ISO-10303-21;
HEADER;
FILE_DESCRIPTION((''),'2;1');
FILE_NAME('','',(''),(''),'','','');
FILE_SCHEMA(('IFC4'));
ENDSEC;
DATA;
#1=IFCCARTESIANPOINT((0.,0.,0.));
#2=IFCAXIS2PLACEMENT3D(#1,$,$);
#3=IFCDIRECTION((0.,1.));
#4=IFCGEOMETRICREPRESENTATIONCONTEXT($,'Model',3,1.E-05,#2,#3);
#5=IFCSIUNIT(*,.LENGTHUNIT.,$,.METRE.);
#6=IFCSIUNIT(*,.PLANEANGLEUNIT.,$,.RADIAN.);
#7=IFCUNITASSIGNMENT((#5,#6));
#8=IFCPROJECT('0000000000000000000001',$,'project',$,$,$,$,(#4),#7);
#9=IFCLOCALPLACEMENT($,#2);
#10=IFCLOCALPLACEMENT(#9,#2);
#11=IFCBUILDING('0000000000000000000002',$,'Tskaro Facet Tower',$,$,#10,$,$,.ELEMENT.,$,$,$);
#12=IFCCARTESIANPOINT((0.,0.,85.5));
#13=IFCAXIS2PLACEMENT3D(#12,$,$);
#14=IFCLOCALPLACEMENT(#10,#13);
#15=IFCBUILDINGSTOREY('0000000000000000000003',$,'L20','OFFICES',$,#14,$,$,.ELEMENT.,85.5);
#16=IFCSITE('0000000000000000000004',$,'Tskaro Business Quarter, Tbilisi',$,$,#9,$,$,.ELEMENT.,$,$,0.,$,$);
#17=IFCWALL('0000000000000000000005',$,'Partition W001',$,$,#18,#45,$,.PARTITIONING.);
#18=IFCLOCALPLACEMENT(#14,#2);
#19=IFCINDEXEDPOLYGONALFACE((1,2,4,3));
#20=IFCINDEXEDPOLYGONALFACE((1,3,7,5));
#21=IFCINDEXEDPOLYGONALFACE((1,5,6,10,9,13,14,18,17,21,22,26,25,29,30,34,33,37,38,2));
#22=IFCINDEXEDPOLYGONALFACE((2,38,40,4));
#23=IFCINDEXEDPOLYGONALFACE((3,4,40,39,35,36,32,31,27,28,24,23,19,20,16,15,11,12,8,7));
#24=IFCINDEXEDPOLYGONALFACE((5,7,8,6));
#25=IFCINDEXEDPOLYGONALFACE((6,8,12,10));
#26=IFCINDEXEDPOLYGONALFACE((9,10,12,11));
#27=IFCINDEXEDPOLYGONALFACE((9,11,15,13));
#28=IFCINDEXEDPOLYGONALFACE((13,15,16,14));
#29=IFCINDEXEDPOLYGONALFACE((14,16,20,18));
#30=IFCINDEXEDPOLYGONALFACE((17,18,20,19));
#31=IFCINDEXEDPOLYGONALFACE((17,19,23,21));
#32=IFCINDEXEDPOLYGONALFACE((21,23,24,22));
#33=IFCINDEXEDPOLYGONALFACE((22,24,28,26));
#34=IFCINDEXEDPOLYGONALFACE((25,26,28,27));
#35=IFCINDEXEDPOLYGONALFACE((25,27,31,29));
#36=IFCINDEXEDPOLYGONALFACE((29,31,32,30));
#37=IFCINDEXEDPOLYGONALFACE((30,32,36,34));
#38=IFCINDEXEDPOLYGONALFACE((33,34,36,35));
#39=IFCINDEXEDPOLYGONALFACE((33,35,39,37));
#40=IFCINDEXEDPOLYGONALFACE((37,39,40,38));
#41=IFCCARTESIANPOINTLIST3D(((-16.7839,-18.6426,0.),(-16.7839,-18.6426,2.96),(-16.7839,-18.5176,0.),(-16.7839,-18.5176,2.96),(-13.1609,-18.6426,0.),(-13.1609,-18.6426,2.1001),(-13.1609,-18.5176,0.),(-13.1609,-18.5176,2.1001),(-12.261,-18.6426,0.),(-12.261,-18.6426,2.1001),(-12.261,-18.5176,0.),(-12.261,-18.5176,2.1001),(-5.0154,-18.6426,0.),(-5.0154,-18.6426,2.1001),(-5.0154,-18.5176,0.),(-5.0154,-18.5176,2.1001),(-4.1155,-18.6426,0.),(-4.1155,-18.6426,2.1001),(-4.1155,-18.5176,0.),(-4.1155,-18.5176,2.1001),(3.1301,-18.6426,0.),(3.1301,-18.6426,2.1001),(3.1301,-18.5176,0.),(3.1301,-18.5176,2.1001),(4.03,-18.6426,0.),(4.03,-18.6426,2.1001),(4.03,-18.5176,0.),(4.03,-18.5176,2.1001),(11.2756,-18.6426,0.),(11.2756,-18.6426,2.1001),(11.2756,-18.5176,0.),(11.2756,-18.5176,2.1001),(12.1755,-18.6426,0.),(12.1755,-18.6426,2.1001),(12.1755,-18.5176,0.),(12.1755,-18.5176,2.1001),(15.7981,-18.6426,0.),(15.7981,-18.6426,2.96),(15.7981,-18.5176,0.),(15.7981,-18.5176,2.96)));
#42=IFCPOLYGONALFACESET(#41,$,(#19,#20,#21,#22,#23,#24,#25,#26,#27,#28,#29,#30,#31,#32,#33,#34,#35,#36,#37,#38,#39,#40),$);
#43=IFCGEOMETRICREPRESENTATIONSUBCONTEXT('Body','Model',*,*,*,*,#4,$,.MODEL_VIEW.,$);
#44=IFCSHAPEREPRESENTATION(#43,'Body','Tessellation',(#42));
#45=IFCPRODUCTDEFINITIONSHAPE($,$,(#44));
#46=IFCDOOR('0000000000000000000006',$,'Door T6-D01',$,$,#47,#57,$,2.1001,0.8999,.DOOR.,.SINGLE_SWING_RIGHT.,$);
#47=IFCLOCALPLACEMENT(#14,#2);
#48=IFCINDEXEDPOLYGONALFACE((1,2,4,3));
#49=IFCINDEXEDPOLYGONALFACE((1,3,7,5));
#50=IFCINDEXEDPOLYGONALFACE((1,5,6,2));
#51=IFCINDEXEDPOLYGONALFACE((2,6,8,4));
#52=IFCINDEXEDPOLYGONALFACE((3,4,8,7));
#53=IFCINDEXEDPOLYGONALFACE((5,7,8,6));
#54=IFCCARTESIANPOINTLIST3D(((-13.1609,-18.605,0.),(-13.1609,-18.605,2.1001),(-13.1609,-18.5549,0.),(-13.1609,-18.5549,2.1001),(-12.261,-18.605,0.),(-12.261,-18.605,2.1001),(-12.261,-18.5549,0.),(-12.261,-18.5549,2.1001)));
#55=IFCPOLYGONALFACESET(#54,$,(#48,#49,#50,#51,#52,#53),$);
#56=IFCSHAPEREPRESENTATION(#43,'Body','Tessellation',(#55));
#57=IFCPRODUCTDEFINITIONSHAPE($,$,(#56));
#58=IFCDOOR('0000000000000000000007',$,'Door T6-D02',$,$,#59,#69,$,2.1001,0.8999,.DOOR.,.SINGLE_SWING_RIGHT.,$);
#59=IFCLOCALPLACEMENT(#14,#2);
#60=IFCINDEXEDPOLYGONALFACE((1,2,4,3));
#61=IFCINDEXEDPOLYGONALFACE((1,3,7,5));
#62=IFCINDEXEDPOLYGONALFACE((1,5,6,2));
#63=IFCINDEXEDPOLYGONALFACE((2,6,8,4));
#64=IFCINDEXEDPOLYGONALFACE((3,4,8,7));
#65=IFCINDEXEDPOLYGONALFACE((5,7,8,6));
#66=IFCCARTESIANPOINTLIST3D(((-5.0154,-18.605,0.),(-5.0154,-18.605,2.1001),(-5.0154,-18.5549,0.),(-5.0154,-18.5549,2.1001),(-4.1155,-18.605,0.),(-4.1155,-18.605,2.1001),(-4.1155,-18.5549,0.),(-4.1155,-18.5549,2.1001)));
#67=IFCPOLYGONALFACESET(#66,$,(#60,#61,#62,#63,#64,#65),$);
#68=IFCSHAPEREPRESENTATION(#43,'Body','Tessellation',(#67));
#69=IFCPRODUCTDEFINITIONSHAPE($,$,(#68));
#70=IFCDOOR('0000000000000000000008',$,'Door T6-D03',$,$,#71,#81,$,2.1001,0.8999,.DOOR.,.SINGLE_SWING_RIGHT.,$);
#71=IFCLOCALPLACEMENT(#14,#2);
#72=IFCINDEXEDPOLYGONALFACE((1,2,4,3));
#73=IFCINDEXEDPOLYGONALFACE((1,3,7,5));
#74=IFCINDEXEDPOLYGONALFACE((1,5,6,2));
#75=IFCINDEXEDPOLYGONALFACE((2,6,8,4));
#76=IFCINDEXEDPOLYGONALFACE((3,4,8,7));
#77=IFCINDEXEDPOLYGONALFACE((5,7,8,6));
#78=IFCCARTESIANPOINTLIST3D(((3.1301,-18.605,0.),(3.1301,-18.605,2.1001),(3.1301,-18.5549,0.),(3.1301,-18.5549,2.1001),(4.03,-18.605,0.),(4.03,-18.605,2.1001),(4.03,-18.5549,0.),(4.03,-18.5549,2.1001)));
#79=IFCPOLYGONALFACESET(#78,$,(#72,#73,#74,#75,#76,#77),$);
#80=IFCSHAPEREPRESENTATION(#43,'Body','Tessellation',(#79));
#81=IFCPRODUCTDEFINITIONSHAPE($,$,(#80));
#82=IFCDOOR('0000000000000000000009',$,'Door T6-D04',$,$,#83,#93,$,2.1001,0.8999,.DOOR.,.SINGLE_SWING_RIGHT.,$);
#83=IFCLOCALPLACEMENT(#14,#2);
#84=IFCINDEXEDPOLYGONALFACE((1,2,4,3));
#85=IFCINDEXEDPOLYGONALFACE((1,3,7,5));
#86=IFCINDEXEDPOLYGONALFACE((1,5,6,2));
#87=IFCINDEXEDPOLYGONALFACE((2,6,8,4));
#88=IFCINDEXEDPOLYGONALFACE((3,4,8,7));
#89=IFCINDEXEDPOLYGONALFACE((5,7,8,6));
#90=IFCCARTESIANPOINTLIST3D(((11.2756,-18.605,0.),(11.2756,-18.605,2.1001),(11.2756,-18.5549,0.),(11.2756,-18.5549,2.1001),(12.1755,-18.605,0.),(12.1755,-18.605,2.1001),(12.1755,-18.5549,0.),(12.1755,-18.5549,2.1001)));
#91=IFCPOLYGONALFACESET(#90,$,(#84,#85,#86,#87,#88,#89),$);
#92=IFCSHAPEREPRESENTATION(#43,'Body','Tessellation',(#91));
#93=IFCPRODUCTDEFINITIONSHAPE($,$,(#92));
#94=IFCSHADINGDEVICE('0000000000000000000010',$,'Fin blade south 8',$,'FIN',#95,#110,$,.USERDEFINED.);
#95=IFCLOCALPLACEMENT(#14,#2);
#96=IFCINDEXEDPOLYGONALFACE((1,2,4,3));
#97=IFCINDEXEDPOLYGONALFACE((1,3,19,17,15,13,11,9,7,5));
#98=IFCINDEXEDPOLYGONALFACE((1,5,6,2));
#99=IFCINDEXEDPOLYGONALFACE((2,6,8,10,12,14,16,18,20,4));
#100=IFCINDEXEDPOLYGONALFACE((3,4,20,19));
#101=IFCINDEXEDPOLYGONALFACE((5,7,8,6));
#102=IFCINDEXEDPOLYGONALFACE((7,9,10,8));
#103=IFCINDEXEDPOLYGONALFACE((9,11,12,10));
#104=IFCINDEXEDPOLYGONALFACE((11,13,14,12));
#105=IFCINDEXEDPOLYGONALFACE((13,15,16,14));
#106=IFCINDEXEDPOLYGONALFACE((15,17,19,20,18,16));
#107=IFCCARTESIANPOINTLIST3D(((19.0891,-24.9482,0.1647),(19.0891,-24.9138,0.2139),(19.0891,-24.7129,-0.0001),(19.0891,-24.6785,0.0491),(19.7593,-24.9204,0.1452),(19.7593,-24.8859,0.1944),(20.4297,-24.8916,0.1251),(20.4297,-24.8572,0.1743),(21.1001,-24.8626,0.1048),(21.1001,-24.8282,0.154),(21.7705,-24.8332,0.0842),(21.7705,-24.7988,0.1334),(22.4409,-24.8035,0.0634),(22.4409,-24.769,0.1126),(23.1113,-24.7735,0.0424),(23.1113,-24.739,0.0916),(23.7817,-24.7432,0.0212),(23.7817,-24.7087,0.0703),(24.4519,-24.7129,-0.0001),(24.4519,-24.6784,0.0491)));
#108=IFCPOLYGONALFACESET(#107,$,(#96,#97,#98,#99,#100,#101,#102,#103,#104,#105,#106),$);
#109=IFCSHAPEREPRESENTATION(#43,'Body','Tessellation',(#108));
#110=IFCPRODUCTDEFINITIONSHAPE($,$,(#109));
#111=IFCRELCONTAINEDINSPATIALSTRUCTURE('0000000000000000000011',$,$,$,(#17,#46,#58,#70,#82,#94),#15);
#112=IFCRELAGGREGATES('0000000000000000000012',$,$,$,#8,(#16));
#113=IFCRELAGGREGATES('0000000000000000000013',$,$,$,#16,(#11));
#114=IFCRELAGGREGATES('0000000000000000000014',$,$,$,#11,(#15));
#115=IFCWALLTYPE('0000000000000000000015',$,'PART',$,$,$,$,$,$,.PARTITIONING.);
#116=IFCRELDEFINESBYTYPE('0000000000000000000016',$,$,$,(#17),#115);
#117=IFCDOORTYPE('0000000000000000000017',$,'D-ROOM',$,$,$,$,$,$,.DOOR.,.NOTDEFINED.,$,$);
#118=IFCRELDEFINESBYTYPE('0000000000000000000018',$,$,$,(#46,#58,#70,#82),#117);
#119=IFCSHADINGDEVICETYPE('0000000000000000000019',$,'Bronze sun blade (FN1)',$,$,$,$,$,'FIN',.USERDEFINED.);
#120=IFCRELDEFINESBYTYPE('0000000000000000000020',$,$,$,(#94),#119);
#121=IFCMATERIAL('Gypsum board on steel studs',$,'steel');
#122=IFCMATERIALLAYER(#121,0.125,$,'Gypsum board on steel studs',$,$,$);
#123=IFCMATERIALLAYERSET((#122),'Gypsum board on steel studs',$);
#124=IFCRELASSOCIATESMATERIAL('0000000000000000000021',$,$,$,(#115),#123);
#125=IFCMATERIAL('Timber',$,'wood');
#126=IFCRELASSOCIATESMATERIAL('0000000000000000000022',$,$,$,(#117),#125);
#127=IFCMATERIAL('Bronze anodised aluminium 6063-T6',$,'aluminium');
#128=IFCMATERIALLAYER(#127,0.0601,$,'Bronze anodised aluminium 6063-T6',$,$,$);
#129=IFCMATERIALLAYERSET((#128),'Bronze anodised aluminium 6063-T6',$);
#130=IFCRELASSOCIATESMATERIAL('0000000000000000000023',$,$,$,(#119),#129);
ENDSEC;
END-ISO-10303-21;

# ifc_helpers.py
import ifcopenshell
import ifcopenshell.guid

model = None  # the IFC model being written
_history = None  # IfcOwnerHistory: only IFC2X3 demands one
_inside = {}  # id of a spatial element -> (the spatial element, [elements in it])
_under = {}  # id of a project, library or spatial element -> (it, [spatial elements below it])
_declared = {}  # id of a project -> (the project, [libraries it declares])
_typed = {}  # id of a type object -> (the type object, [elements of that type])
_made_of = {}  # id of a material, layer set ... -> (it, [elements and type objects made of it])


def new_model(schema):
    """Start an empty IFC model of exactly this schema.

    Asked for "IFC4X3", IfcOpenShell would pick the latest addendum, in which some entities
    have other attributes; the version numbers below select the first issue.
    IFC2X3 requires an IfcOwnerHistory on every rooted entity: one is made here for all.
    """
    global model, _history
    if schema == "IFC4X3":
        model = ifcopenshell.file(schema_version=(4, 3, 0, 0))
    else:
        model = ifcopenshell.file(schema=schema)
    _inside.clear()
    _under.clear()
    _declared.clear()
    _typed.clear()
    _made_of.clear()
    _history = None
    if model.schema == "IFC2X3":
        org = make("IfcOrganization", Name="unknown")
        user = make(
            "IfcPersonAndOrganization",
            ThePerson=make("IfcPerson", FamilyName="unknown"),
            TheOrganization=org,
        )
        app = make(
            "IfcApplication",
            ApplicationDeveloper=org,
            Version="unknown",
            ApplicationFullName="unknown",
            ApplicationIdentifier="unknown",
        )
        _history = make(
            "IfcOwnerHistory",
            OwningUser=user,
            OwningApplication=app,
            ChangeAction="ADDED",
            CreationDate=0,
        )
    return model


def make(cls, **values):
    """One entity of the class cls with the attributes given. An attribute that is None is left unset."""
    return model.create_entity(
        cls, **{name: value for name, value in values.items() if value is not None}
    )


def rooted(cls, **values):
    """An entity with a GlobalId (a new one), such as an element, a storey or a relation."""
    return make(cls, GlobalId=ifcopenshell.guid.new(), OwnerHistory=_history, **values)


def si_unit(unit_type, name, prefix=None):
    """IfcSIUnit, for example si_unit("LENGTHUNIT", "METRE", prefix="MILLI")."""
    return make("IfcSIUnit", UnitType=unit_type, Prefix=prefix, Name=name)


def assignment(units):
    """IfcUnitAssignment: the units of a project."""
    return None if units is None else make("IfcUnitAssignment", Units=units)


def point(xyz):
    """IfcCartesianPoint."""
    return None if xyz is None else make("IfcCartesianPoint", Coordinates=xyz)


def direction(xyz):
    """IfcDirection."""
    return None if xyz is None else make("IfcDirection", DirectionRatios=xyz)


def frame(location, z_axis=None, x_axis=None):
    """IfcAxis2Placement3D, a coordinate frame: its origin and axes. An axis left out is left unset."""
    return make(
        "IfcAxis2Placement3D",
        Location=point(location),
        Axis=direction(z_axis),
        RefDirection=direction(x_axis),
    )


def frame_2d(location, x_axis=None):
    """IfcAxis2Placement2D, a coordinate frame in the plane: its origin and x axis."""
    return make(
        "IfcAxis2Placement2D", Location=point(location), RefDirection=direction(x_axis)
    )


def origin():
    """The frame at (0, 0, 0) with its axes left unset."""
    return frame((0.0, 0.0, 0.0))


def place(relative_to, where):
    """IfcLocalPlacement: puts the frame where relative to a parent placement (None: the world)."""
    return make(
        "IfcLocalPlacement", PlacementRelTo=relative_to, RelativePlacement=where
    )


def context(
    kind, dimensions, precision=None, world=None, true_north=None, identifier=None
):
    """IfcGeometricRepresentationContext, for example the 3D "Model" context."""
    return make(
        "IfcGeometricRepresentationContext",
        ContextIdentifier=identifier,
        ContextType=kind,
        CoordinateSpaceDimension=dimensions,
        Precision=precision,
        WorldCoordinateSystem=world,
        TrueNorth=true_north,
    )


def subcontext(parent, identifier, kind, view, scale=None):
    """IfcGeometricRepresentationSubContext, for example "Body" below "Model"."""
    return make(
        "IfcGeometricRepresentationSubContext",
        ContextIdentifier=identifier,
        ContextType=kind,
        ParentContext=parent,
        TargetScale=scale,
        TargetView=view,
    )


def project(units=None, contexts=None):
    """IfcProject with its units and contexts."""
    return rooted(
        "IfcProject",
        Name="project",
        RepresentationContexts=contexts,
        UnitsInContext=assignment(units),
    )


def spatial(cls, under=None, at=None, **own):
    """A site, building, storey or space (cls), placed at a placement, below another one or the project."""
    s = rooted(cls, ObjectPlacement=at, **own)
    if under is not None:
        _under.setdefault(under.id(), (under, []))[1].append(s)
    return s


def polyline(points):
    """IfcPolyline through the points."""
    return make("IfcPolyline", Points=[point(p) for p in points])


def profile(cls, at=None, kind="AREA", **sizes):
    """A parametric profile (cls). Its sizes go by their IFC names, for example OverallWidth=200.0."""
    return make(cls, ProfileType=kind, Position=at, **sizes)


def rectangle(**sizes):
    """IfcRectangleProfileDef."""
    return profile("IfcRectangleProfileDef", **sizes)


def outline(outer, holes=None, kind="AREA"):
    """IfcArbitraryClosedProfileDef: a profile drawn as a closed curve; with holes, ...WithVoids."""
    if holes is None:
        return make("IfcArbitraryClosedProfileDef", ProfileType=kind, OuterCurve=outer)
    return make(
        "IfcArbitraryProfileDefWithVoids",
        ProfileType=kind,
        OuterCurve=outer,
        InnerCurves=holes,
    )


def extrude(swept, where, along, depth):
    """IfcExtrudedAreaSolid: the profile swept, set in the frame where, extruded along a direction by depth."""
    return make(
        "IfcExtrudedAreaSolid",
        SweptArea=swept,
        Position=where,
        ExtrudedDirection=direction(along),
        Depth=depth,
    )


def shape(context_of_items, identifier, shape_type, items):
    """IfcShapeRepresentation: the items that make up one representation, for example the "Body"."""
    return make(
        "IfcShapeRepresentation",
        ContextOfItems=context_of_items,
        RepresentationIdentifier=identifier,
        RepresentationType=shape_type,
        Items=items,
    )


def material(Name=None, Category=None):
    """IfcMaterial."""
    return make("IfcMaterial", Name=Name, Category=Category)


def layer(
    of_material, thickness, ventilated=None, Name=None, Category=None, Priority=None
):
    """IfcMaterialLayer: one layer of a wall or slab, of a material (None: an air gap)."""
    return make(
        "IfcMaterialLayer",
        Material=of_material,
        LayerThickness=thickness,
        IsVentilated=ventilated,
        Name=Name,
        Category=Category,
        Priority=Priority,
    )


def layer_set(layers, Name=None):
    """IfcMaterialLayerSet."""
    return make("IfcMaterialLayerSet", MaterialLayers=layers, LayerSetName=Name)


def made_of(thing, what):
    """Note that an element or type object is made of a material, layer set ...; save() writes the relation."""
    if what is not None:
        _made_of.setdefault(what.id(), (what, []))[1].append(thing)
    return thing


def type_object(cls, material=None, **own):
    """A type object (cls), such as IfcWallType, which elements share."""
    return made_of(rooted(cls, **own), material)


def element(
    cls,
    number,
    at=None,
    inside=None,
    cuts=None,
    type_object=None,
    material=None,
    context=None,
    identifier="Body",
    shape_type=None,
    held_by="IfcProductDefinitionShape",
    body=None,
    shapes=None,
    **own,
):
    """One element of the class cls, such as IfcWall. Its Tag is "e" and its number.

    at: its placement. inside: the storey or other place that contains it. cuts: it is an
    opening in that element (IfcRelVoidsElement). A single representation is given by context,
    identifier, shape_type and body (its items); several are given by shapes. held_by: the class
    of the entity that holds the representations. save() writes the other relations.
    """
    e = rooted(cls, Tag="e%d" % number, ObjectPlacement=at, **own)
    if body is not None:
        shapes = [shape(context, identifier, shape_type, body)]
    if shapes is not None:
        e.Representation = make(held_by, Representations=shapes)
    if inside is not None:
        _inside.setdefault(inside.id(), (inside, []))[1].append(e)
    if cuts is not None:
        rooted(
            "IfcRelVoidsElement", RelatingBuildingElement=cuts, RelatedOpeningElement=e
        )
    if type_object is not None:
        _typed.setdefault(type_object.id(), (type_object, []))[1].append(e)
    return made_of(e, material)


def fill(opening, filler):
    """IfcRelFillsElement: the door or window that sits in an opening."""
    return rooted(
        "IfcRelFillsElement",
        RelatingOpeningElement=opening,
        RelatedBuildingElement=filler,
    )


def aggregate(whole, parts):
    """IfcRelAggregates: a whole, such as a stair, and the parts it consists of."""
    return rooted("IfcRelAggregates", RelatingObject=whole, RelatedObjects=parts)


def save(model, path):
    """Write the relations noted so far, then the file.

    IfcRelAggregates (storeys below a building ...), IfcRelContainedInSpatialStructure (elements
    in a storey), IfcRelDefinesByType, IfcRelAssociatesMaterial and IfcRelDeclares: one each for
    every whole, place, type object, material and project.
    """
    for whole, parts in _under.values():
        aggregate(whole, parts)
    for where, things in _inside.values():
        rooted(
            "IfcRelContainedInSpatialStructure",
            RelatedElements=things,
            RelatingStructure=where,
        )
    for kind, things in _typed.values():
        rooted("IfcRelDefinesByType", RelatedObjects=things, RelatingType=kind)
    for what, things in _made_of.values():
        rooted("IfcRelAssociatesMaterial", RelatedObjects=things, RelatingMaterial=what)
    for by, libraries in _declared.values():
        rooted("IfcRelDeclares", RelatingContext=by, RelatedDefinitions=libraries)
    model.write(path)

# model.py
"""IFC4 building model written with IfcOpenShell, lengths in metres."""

from ifc_helpers import new_model, si_unit, direction, frame, frame_2d, origin, place, context, subcontext, project, spatial, polyline, rectangle, outline, extrude, material, layer, layer_set, type_object, element, fill, save


model = new_model("IFC4")

# Units and contexts
model_context = context("Model", 3, precision=1e-05, world=origin(), true_north=direction((0.0, 1.0)))
body_context = subcontext(model_context, "Body", "Model", "MODEL_VIEW")
ifc_project = project(units=[si_unit("LENGTHUNIT", "METRE"), si_unit("PLANEANGLEUNIT", "RADIAN")], contexts=[model_context])

# Site, building, storey
site_placement = place(None, origin())
site = spatial("IfcSite", under=ifc_project, at=site_placement, Name="Tskaro Business Quarter, Tbilisi", CompositionType="ELEMENT", RefElevation=0.0)
building_placement = place(site_placement, origin())
building = spatial("IfcBuilding", under=site, at=building_placement, Name="Tskaro Facet Tower", CompositionType="ELEMENT")
storey_placement = place(building_placement, frame((0.0, 0.0, 85.5)))
storey = spatial("IfcBuildingStorey", under=building, at=storey_placement, Name="L20", Description="OFFICES", CompositionType="ELEMENT", Elevation=85.5)

# Shared definitions
ifc_material_1 = material(Name="Bronze anodised aluminium 6063-T6", Category="aluminium")

# Wall, openings, doors
ifc_material_2 = material(Name="Gypsum board on steel studs", Category="steel")
ifc_layer_1 = layer(ifc_material_2, 0.125, Name="Gypsum board on steel studs")
ifc_layer_set_1 = layer_set([ifc_layer_1], Name="Gypsum board on steel studs")
wall_type = type_object("IfcWallType", Name="PART", PredefinedType="PARTITIONING", material=ifc_layer_set_1)
wall_placement = place(storey_placement, frame((15.7981, -18.5801, 0.0), z_axis=(0.0, 0.0, 1.0), x_axis=(-1.0, 0.0, 0.0)))
wall = element("IfcWall", 1, at=wall_placement, inside=storey, type_object=wall_type, Name="Partition W001", PredefinedType="PARTITIONING", context=body_context, shape_type="SweptSolid", body=[
    extrude(rectangle(XDim=32.582, YDim=0.125, at=frame_2d((16.291, 0.0))), origin(), (0.0, 0.0, 1.0), 2.96),
])
opening_1_placement = place(wall_placement, frame((28.0591, 0.0, 0.0)))
opening_1 = element("IfcOpeningElement", 2, at=opening_1_placement, cuts=wall, PredefinedType="OPENING", context=body_context, shape_type="SweptSolid", body=[
    extrude(rectangle(XDim=0.8999, YDim=2.1001, at=frame_2d((0.45, 1.05))), frame((0.0, 0.0725, 0.0), z_axis=(0.0, -1.0, 0.0), x_axis=(1.0, 0.0, 0.0)), (0.0, 0.0, 1.0), 0.145),
])
opening_2_placement = place(wall_placement, frame((19.9136, 0.0, 0.0)))
opening_2 = element("IfcOpeningElement", 3, at=opening_2_placement, cuts=wall, PredefinedType="OPENING", context=body_context, shape_type="SweptSolid", body=[
    extrude(rectangle(XDim=0.8999, YDim=2.1001, at=frame_2d((0.45, 1.05))), frame((0.0, 0.0725, 0.0), z_axis=(0.0, -1.0, 0.0), x_axis=(1.0, 0.0, 0.0)), (0.0, 0.0, 1.0), 0.145),
])
opening_3_placement = place(wall_placement, frame((11.7681, 0.0, 0.0)))
opening_3 = element("IfcOpeningElement", 4, at=opening_3_placement, cuts=wall, PredefinedType="OPENING", context=body_context, shape_type="SweptSolid", body=[
    extrude(rectangle(XDim=0.8999, YDim=2.1001, at=frame_2d((0.45, 1.05))), frame((0.0, 0.0725, 0.0), z_axis=(0.0, -1.0, 0.0), x_axis=(1.0, 0.0, 0.0)), (0.0, 0.0, 1.0), 0.145),
])
opening_4_placement = place(wall_placement, frame((3.6226, 0.0, 0.0)))
opening_4 = element("IfcOpeningElement", 5, at=opening_4_placement, cuts=wall, PredefinedType="OPENING", context=body_context, shape_type="SweptSolid", body=[
    extrude(rectangle(XDim=0.8999, YDim=2.1001, at=frame_2d((0.45, 1.05))), frame((0.0, 0.0725, 0.0), z_axis=(0.0, -1.0, 0.0), x_axis=(1.0, 0.0, 0.0)), (0.0, 0.0, 1.0), 0.145),
])
ifc_material_3 = material(Name="Timber", Category="wood")
door_type = type_object("IfcDoorType", Name="D-ROOM", OperationType="NOTDEFINED", PredefinedType="DOOR", material=ifc_material_3)
door_1_placement = place(opening_1_placement, origin())
door_1 = element("IfcDoor", 6, at=door_1_placement, inside=storey, type_object=door_type, Name="Door T6-D01", OperationType="SINGLE_SWING_RIGHT", OverallHeight=2.1001, OverallWidth=0.8999, PredefinedType="DOOR", context=body_context, shape_type="SweptSolid", body=[
    extrude(rectangle(XDim=0.8999, YDim=2.1001, at=frame_2d((0.45, 1.05))), frame((0.0, 0.0249, 0.0), z_axis=(0.0, -1.0, 0.0), x_axis=(1.0, 0.0, 0.0)), (0.0, 0.0, 1.0), 0.05),
])
fill(opening_1, door_1)
door_2_placement = place(opening_2_placement, origin())
door_2 = element("IfcDoor", 7, at=door_2_placement, inside=storey, type_object=door_type, Name="Door T6-D02", OperationType="SINGLE_SWING_RIGHT", OverallHeight=2.1001, OverallWidth=0.8999, PredefinedType="DOOR", context=body_context, shape_type="SweptSolid", body=[
    extrude(rectangle(XDim=0.8999, YDim=2.1001, at=frame_2d((0.45, 1.05))), frame((0.0, 0.0249, 0.0), z_axis=(0.0, -1.0, 0.0), x_axis=(1.0, 0.0, 0.0)), (0.0, 0.0, 1.0), 0.05),
])
fill(opening_2, door_2)
door_3_placement = place(opening_3_placement, origin())
door_3 = element("IfcDoor", 8, at=door_3_placement, inside=storey, type_object=door_type, Name="Door T6-D03", OperationType="SINGLE_SWING_RIGHT", OverallHeight=2.1001, OverallWidth=0.8999, PredefinedType="DOOR", context=body_context, shape_type="SweptSolid", body=[
    extrude(rectangle(XDim=0.8999, YDim=2.1001, at=frame_2d((0.45, 1.05))), frame((0.0, 0.0249, 0.0), z_axis=(0.0, -1.0, 0.0), x_axis=(1.0, 0.0, 0.0)), (0.0, 0.0, 1.0), 0.05),
])
fill(opening_3, door_3)
door_4_placement = place(opening_4_placement, origin())
door_4 = element("IfcDoor", 9, at=door_4_placement, inside=storey, type_object=door_type, Name="Door T6-D04", OperationType="SINGLE_SWING_RIGHT", OverallHeight=2.1001, OverallWidth=0.8999, PredefinedType="DOOR", context=body_context, shape_type="SweptSolid", body=[
    extrude(rectangle(XDim=0.8999, YDim=2.1001, at=frame_2d((0.45, 1.05))), frame((0.0, 0.0249, 0.0), z_axis=(0.0, -1.0, 0.0), x_axis=(1.0, 0.0, 0.0)), (0.0, 0.0, 1.0), 0.05),
])
fill(opening_4, door_4)

# Shading device
ifc_layer_2 = layer(ifc_material_1, 0.0601, Name="Bronze anodised aluminium 6063-T6")
ifc_layer_set_2 = layer_set([ifc_layer_2], Name="Bronze anodised aluminium 6063-T6")
shading_device_type = type_object("IfcShadingDeviceType", Name="Bronze sun blade (FN1)", ElementType="FIN", PredefinedType="USERDEFINED", material=ifc_layer_set_2)
shading_device_1_placement = place(storey_placement, frame((19.0891, -24.6785, 0.0491), z_axis=(-0.000015, 0.573799, 0.818996), x_axis=(1.0, 0.000008, 0.000012)))
element("IfcShadingDevice", 10, at=shading_device_1_placement, inside=storey, type_object=shading_device_type, Name="Fin blade south 8", ObjectType="FIN", PredefinedType="USERDEFINED", context=body_context, shape_type="SweptSolid", body=[
    extrude(outline(polyline([(0.0, 0.0), (5.3628, 0.0), (4.6926, -0.037), (4.0222, -0.074), (3.3518, -0.1106), (2.6814, -0.1469), (2.011, -0.1828), (1.3406, -0.2182), (0.6702, -0.2533), (0.0, -0.2873), (0.0, 0.0)])), origin(), (0.0, 0.0, -1.0), 0.0601),
])

save(model, "model.ifc")
